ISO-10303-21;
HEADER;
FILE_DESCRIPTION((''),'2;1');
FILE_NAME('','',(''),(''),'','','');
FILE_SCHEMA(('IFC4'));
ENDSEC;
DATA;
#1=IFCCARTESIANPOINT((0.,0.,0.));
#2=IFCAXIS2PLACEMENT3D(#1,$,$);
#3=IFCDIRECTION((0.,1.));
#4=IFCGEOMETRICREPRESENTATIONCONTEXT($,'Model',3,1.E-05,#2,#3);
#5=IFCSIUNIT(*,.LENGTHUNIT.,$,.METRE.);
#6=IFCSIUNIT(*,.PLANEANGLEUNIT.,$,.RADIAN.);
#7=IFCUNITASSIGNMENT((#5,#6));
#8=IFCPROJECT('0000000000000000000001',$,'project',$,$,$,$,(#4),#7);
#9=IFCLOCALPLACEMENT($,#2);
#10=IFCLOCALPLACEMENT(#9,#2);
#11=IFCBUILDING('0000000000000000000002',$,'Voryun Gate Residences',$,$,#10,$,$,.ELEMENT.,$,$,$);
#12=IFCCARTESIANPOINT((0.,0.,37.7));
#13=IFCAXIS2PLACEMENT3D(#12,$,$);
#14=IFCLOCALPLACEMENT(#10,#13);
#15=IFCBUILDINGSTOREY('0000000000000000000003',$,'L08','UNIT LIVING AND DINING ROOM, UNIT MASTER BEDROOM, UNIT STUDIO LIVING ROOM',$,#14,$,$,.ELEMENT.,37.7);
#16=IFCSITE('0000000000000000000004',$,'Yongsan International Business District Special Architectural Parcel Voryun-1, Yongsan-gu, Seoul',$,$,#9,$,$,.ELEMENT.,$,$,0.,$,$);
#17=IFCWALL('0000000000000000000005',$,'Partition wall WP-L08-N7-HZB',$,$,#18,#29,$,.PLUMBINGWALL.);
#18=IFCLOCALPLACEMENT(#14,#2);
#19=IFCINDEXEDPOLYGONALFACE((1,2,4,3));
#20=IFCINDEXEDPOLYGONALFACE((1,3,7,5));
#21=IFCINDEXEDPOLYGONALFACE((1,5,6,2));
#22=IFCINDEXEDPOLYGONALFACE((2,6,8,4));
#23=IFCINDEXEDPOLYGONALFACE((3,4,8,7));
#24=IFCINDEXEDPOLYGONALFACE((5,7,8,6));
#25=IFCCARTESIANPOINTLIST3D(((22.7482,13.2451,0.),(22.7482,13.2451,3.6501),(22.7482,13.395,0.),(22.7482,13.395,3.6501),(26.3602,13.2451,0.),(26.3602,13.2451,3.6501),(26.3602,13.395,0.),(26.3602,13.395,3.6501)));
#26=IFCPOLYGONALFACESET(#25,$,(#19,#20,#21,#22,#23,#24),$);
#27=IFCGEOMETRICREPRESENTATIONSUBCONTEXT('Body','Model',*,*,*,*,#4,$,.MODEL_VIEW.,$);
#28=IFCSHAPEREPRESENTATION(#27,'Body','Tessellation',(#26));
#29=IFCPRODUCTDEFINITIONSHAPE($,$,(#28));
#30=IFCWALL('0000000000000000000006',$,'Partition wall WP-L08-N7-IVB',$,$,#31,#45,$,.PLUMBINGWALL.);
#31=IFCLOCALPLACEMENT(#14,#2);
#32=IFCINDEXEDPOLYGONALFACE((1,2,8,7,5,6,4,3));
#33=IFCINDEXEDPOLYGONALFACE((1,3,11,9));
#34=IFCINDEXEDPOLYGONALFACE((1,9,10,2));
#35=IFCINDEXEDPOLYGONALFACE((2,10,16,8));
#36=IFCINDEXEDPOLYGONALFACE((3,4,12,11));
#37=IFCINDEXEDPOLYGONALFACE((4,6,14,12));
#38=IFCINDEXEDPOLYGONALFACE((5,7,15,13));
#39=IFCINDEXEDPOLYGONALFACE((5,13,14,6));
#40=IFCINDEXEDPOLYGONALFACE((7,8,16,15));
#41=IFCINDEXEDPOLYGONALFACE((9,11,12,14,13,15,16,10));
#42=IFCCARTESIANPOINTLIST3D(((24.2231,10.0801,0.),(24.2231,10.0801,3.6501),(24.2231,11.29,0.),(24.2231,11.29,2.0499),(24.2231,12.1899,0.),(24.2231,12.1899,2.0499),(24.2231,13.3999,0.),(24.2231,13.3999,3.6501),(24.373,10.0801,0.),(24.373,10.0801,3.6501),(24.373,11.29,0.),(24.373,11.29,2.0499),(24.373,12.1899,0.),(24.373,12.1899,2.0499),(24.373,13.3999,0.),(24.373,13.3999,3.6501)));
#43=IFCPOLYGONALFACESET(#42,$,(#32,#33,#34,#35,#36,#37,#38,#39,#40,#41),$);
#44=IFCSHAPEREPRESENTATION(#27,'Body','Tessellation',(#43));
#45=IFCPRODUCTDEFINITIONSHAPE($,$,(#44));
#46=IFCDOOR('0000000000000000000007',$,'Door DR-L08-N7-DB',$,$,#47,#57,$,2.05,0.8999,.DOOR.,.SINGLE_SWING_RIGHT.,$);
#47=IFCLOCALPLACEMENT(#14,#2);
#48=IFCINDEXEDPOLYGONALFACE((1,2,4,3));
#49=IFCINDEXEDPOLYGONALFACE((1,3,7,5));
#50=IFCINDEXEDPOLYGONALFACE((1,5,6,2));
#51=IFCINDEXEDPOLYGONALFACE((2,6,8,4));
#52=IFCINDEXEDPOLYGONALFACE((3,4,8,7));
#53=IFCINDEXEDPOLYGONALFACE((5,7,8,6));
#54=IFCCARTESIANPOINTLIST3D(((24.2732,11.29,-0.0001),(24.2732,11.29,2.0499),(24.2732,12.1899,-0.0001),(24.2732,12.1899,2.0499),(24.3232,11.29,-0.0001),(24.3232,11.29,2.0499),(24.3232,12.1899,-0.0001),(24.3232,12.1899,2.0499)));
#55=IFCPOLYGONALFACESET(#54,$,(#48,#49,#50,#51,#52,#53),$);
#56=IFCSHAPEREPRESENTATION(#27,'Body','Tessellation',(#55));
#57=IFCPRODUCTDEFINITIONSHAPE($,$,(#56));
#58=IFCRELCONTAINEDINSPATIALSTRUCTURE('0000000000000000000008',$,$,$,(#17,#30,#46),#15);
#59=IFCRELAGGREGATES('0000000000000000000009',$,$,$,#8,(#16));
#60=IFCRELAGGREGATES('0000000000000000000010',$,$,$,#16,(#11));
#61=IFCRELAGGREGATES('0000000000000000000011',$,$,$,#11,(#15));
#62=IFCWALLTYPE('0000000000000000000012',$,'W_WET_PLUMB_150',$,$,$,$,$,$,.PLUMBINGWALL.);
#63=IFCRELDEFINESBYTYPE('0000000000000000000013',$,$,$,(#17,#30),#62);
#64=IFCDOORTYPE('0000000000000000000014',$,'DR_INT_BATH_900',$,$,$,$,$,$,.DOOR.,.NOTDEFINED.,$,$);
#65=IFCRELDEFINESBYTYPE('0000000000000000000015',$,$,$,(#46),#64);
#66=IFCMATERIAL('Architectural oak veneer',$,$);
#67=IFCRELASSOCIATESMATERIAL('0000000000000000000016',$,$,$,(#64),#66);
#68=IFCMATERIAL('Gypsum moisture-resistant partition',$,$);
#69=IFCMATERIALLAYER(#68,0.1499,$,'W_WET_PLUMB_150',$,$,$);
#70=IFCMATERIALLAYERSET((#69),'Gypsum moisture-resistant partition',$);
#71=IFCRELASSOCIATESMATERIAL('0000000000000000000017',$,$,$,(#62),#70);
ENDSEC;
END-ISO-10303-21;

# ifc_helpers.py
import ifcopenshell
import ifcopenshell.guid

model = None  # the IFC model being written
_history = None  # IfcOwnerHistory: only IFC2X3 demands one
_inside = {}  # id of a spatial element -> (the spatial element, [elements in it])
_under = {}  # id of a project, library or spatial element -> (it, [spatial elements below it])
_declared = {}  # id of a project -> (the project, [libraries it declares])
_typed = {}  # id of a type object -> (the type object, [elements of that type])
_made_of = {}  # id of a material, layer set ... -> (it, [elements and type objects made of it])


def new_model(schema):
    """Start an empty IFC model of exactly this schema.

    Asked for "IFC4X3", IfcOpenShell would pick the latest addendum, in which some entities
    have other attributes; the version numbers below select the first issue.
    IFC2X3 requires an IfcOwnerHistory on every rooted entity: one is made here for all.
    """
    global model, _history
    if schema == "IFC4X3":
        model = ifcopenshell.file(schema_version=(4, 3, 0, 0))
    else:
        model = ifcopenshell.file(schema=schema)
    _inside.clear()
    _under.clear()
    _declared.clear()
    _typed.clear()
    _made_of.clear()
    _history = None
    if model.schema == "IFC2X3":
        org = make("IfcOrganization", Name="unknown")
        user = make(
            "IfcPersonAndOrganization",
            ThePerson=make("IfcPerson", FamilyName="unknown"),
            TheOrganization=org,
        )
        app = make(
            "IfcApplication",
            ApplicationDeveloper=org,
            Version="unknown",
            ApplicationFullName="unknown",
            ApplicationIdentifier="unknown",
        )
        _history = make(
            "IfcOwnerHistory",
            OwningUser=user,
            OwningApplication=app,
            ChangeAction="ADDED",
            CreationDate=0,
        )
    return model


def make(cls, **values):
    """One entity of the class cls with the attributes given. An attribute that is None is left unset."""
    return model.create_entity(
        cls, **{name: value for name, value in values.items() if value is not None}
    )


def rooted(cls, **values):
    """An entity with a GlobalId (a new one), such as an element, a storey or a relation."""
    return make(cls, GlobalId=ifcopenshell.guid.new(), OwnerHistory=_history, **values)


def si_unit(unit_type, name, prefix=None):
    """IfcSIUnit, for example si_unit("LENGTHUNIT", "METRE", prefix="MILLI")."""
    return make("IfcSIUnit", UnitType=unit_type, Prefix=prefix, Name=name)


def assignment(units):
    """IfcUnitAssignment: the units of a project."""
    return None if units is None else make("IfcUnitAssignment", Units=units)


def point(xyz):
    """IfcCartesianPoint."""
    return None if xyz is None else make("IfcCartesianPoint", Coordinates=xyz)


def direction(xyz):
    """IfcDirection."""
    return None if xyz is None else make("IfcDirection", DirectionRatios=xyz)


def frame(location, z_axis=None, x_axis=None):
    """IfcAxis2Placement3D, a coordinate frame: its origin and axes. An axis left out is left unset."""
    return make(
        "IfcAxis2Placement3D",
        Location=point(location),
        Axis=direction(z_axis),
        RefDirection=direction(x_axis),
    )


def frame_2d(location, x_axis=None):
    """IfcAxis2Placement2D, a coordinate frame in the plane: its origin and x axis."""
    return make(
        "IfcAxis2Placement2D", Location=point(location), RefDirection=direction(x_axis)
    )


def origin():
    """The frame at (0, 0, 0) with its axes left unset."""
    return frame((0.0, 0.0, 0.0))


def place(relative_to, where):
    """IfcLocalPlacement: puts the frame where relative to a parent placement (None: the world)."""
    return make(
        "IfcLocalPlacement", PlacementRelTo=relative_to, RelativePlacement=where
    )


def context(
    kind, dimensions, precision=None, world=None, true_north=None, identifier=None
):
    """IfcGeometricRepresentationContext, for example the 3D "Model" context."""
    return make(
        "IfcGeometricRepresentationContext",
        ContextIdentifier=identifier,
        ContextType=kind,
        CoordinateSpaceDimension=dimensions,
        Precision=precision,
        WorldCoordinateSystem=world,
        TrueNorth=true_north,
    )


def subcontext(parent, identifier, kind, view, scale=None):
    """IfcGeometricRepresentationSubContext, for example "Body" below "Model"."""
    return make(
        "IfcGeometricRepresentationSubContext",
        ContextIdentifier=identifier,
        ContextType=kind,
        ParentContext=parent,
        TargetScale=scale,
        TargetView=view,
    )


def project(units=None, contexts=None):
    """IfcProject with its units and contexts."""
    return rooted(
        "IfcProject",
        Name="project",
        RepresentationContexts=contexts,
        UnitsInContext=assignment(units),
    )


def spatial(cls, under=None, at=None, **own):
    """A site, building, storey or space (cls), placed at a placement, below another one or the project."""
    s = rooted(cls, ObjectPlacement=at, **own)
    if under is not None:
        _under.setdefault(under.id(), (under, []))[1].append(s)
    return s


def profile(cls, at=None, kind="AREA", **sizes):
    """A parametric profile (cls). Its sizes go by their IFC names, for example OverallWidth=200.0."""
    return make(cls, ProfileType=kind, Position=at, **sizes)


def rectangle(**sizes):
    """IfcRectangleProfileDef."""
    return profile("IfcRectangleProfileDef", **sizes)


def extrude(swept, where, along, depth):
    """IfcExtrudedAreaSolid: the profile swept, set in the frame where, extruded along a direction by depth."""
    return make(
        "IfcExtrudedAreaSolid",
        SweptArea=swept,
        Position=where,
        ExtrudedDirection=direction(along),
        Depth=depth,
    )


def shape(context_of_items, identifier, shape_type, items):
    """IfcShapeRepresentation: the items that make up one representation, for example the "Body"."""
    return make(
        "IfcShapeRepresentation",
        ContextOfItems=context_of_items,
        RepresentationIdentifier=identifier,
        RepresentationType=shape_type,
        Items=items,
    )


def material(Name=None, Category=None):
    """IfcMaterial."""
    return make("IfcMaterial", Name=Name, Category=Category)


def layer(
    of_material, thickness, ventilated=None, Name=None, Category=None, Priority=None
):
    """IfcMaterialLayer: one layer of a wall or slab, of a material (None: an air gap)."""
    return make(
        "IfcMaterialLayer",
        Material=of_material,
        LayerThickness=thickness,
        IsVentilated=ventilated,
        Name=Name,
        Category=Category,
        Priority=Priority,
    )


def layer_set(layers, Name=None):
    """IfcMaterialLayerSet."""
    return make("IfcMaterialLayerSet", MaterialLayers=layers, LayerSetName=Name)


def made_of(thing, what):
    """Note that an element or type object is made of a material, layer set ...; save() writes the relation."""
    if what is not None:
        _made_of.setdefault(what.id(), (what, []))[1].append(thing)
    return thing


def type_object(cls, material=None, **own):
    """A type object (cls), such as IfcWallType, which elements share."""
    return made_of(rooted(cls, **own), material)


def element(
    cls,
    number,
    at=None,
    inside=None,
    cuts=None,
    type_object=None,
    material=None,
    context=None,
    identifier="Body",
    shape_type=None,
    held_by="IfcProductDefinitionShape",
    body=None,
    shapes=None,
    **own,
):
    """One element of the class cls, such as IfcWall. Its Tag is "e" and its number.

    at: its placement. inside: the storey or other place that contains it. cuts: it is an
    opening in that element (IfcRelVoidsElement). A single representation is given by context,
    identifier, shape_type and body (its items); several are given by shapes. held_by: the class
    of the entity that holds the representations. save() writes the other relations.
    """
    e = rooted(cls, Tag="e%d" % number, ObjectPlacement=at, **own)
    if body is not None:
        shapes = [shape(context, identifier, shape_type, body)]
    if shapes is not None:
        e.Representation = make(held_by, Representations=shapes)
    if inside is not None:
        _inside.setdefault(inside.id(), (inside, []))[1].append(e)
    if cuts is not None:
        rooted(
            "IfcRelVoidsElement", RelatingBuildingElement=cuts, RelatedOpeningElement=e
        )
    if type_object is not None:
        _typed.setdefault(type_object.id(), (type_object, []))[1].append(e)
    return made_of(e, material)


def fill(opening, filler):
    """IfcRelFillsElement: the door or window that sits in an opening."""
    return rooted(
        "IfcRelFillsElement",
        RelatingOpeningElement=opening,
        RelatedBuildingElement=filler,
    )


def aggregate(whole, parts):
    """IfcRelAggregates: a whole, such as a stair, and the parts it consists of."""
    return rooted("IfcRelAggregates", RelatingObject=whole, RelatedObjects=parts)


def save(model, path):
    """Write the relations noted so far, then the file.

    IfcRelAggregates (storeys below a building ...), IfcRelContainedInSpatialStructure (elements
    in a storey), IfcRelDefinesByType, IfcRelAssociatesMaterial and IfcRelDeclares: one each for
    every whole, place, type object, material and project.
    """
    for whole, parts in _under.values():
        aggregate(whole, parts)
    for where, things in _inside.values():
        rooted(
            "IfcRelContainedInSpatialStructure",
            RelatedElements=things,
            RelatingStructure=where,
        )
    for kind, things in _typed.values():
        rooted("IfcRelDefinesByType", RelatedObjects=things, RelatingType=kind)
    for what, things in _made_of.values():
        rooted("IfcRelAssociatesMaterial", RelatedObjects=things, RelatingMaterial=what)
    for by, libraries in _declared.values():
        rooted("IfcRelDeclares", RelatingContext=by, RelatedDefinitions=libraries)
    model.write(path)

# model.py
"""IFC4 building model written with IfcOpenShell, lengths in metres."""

from ifc_helpers import new_model, si_unit, direction, frame, frame_2d, origin, place, context, subcontext, project, spatial, rectangle, extrude, material, layer, layer_set, type_object, element, fill, save


model = new_model("IFC4")

# Units and contexts
model_context = context("Model", 3, precision=1e-05, world=origin(), true_north=direction((0.0, 1.0)))
body_context = subcontext(model_context, "Body", "Model", "MODEL_VIEW")
ifc_project = project(units=[si_unit("LENGTHUNIT", "METRE"), si_unit("PLANEANGLEUNIT", "RADIAN")], contexts=[model_context])

# Site, building, storey
site_placement = place(None, origin())
site = spatial("IfcSite", under=ifc_project, at=site_placement, Name="Yongsan International Business District Special Architectural Parcel Voryun-1, Yongsan-gu, Seoul", CompositionType="ELEMENT", RefElevation=0.0)
building_placement = place(site_placement, origin())
building = spatial("IfcBuilding", under=site, at=building_placement, Name="Voryun Gate Residences", CompositionType="ELEMENT")
storey_placement = place(building_placement, frame((0.0, 0.0, 37.7)))
storey = spatial("IfcBuildingStorey", under=building, at=storey_placement, Name="L08", Description="UNIT LIVING AND DINING ROOM, UNIT MASTER BEDROOM, UNIT STUDIO LIVING ROOM", CompositionType="ELEMENT", Elevation=37.7)

# Shared definitions
ifc_material_1 = material(Name="Architectural oak veneer")
door_type_1 = type_object("IfcDoorType", Name="DR_INT_BATH_900", OperationType="NOTDEFINED", PredefinedType="DOOR", material=ifc_material_1)

# Shared definitions
ifc_material_2 = material(Name="Gypsum moisture-resistant partition")
ifc_layer_1 = layer(ifc_material_2, 0.1499, Name="W_WET_PLUMB_150")
ifc_layer_set_1 = layer_set([ifc_layer_1], Name="Gypsum moisture-resistant partition")
wall_type_1 = type_object("IfcWallType", Name="W_WET_PLUMB_150", PredefinedType="PLUMBINGWALL", material=ifc_layer_set_1)

# Wall
wall_1_placement = place(storey_placement, frame((22.748, 13.3201, 0.0), z_axis=(0.0, 0.0, 1.0), x_axis=(1.0, 0.0, 0.0)))
element("IfcWall", 1, at=wall_1_placement, inside=storey, type_object=wall_type_1, Name="Partition wall WP-L08-N7-HZB", PredefinedType="PLUMBINGWALL", context=body_context, shape_type="SweptSolid", body=[
    extrude(rectangle(XDim=3.6121, YDim=0.1499, at=frame_2d((1.8062, 0.0))), origin(), (0.0, 0.0, 1.0), 3.6501),
])

# Wall, opening, door
wall_2_placement = place(storey_placement, frame((24.2981, 10.0801, 0.0), z_axis=(0.0, 0.0, 1.0), x_axis=(0.0, 1.0, 0.0)))
wall_2 = element("IfcWall", 2, at=wall_2_placement, inside=storey, type_object=wall_type_1, Name="Partition wall WP-L08-N7-IVB", PredefinedType="PLUMBINGWALL", context=body_context, shape_type="SweptSolid", body=[
    extrude(rectangle(XDim=3.3198, YDim=0.1499, at=frame_2d((1.6599, 0.0))), origin(), (0.0, 0.0, 1.0), 3.6501),
])
opening_1_placement = place(wall_2_placement, frame((1.21, 0.0, 0.0)))
opening_1 = element("IfcOpeningElement", 3, at=opening_1_placement, cuts=wall_2, PredefinedType="OPENING", context=body_context, shape_type="SweptSolid", body=[
    extrude(rectangle(XDim=0.8999, YDim=2.05, at=frame_2d((0.45, 1.0249))), frame((0.0, 0.085, 0.0), z_axis=(0.0, -1.0, 0.0), x_axis=(1.0, 0.0, 0.0)), (0.0, 0.0, 1.0), 0.1699),
])
door_1_placement = place(opening_1_placement, origin())
door_1 = element("IfcDoor", 4, at=door_1_placement, inside=storey, type_object=door_type_1, Name="Door DR-L08-N7-DB", OperationType="SINGLE_SWING_RIGHT", OverallHeight=2.05, OverallWidth=0.8999, PredefinedType="DOOR", context=body_context, shape_type="SweptSolid", body=[
    extrude(rectangle(XDim=0.8999, YDim=2.05, at=frame_2d((0.45, 1.0249))), frame((0.0, 0.0249, 0.0), z_axis=(0.0, -1.0, 0.0), x_axis=(1.0, 0.0, 0.0)), (0.0, 0.0, 1.0), 0.05),
])
fill(opening_1, door_1)

save(model, "model.ifc")
